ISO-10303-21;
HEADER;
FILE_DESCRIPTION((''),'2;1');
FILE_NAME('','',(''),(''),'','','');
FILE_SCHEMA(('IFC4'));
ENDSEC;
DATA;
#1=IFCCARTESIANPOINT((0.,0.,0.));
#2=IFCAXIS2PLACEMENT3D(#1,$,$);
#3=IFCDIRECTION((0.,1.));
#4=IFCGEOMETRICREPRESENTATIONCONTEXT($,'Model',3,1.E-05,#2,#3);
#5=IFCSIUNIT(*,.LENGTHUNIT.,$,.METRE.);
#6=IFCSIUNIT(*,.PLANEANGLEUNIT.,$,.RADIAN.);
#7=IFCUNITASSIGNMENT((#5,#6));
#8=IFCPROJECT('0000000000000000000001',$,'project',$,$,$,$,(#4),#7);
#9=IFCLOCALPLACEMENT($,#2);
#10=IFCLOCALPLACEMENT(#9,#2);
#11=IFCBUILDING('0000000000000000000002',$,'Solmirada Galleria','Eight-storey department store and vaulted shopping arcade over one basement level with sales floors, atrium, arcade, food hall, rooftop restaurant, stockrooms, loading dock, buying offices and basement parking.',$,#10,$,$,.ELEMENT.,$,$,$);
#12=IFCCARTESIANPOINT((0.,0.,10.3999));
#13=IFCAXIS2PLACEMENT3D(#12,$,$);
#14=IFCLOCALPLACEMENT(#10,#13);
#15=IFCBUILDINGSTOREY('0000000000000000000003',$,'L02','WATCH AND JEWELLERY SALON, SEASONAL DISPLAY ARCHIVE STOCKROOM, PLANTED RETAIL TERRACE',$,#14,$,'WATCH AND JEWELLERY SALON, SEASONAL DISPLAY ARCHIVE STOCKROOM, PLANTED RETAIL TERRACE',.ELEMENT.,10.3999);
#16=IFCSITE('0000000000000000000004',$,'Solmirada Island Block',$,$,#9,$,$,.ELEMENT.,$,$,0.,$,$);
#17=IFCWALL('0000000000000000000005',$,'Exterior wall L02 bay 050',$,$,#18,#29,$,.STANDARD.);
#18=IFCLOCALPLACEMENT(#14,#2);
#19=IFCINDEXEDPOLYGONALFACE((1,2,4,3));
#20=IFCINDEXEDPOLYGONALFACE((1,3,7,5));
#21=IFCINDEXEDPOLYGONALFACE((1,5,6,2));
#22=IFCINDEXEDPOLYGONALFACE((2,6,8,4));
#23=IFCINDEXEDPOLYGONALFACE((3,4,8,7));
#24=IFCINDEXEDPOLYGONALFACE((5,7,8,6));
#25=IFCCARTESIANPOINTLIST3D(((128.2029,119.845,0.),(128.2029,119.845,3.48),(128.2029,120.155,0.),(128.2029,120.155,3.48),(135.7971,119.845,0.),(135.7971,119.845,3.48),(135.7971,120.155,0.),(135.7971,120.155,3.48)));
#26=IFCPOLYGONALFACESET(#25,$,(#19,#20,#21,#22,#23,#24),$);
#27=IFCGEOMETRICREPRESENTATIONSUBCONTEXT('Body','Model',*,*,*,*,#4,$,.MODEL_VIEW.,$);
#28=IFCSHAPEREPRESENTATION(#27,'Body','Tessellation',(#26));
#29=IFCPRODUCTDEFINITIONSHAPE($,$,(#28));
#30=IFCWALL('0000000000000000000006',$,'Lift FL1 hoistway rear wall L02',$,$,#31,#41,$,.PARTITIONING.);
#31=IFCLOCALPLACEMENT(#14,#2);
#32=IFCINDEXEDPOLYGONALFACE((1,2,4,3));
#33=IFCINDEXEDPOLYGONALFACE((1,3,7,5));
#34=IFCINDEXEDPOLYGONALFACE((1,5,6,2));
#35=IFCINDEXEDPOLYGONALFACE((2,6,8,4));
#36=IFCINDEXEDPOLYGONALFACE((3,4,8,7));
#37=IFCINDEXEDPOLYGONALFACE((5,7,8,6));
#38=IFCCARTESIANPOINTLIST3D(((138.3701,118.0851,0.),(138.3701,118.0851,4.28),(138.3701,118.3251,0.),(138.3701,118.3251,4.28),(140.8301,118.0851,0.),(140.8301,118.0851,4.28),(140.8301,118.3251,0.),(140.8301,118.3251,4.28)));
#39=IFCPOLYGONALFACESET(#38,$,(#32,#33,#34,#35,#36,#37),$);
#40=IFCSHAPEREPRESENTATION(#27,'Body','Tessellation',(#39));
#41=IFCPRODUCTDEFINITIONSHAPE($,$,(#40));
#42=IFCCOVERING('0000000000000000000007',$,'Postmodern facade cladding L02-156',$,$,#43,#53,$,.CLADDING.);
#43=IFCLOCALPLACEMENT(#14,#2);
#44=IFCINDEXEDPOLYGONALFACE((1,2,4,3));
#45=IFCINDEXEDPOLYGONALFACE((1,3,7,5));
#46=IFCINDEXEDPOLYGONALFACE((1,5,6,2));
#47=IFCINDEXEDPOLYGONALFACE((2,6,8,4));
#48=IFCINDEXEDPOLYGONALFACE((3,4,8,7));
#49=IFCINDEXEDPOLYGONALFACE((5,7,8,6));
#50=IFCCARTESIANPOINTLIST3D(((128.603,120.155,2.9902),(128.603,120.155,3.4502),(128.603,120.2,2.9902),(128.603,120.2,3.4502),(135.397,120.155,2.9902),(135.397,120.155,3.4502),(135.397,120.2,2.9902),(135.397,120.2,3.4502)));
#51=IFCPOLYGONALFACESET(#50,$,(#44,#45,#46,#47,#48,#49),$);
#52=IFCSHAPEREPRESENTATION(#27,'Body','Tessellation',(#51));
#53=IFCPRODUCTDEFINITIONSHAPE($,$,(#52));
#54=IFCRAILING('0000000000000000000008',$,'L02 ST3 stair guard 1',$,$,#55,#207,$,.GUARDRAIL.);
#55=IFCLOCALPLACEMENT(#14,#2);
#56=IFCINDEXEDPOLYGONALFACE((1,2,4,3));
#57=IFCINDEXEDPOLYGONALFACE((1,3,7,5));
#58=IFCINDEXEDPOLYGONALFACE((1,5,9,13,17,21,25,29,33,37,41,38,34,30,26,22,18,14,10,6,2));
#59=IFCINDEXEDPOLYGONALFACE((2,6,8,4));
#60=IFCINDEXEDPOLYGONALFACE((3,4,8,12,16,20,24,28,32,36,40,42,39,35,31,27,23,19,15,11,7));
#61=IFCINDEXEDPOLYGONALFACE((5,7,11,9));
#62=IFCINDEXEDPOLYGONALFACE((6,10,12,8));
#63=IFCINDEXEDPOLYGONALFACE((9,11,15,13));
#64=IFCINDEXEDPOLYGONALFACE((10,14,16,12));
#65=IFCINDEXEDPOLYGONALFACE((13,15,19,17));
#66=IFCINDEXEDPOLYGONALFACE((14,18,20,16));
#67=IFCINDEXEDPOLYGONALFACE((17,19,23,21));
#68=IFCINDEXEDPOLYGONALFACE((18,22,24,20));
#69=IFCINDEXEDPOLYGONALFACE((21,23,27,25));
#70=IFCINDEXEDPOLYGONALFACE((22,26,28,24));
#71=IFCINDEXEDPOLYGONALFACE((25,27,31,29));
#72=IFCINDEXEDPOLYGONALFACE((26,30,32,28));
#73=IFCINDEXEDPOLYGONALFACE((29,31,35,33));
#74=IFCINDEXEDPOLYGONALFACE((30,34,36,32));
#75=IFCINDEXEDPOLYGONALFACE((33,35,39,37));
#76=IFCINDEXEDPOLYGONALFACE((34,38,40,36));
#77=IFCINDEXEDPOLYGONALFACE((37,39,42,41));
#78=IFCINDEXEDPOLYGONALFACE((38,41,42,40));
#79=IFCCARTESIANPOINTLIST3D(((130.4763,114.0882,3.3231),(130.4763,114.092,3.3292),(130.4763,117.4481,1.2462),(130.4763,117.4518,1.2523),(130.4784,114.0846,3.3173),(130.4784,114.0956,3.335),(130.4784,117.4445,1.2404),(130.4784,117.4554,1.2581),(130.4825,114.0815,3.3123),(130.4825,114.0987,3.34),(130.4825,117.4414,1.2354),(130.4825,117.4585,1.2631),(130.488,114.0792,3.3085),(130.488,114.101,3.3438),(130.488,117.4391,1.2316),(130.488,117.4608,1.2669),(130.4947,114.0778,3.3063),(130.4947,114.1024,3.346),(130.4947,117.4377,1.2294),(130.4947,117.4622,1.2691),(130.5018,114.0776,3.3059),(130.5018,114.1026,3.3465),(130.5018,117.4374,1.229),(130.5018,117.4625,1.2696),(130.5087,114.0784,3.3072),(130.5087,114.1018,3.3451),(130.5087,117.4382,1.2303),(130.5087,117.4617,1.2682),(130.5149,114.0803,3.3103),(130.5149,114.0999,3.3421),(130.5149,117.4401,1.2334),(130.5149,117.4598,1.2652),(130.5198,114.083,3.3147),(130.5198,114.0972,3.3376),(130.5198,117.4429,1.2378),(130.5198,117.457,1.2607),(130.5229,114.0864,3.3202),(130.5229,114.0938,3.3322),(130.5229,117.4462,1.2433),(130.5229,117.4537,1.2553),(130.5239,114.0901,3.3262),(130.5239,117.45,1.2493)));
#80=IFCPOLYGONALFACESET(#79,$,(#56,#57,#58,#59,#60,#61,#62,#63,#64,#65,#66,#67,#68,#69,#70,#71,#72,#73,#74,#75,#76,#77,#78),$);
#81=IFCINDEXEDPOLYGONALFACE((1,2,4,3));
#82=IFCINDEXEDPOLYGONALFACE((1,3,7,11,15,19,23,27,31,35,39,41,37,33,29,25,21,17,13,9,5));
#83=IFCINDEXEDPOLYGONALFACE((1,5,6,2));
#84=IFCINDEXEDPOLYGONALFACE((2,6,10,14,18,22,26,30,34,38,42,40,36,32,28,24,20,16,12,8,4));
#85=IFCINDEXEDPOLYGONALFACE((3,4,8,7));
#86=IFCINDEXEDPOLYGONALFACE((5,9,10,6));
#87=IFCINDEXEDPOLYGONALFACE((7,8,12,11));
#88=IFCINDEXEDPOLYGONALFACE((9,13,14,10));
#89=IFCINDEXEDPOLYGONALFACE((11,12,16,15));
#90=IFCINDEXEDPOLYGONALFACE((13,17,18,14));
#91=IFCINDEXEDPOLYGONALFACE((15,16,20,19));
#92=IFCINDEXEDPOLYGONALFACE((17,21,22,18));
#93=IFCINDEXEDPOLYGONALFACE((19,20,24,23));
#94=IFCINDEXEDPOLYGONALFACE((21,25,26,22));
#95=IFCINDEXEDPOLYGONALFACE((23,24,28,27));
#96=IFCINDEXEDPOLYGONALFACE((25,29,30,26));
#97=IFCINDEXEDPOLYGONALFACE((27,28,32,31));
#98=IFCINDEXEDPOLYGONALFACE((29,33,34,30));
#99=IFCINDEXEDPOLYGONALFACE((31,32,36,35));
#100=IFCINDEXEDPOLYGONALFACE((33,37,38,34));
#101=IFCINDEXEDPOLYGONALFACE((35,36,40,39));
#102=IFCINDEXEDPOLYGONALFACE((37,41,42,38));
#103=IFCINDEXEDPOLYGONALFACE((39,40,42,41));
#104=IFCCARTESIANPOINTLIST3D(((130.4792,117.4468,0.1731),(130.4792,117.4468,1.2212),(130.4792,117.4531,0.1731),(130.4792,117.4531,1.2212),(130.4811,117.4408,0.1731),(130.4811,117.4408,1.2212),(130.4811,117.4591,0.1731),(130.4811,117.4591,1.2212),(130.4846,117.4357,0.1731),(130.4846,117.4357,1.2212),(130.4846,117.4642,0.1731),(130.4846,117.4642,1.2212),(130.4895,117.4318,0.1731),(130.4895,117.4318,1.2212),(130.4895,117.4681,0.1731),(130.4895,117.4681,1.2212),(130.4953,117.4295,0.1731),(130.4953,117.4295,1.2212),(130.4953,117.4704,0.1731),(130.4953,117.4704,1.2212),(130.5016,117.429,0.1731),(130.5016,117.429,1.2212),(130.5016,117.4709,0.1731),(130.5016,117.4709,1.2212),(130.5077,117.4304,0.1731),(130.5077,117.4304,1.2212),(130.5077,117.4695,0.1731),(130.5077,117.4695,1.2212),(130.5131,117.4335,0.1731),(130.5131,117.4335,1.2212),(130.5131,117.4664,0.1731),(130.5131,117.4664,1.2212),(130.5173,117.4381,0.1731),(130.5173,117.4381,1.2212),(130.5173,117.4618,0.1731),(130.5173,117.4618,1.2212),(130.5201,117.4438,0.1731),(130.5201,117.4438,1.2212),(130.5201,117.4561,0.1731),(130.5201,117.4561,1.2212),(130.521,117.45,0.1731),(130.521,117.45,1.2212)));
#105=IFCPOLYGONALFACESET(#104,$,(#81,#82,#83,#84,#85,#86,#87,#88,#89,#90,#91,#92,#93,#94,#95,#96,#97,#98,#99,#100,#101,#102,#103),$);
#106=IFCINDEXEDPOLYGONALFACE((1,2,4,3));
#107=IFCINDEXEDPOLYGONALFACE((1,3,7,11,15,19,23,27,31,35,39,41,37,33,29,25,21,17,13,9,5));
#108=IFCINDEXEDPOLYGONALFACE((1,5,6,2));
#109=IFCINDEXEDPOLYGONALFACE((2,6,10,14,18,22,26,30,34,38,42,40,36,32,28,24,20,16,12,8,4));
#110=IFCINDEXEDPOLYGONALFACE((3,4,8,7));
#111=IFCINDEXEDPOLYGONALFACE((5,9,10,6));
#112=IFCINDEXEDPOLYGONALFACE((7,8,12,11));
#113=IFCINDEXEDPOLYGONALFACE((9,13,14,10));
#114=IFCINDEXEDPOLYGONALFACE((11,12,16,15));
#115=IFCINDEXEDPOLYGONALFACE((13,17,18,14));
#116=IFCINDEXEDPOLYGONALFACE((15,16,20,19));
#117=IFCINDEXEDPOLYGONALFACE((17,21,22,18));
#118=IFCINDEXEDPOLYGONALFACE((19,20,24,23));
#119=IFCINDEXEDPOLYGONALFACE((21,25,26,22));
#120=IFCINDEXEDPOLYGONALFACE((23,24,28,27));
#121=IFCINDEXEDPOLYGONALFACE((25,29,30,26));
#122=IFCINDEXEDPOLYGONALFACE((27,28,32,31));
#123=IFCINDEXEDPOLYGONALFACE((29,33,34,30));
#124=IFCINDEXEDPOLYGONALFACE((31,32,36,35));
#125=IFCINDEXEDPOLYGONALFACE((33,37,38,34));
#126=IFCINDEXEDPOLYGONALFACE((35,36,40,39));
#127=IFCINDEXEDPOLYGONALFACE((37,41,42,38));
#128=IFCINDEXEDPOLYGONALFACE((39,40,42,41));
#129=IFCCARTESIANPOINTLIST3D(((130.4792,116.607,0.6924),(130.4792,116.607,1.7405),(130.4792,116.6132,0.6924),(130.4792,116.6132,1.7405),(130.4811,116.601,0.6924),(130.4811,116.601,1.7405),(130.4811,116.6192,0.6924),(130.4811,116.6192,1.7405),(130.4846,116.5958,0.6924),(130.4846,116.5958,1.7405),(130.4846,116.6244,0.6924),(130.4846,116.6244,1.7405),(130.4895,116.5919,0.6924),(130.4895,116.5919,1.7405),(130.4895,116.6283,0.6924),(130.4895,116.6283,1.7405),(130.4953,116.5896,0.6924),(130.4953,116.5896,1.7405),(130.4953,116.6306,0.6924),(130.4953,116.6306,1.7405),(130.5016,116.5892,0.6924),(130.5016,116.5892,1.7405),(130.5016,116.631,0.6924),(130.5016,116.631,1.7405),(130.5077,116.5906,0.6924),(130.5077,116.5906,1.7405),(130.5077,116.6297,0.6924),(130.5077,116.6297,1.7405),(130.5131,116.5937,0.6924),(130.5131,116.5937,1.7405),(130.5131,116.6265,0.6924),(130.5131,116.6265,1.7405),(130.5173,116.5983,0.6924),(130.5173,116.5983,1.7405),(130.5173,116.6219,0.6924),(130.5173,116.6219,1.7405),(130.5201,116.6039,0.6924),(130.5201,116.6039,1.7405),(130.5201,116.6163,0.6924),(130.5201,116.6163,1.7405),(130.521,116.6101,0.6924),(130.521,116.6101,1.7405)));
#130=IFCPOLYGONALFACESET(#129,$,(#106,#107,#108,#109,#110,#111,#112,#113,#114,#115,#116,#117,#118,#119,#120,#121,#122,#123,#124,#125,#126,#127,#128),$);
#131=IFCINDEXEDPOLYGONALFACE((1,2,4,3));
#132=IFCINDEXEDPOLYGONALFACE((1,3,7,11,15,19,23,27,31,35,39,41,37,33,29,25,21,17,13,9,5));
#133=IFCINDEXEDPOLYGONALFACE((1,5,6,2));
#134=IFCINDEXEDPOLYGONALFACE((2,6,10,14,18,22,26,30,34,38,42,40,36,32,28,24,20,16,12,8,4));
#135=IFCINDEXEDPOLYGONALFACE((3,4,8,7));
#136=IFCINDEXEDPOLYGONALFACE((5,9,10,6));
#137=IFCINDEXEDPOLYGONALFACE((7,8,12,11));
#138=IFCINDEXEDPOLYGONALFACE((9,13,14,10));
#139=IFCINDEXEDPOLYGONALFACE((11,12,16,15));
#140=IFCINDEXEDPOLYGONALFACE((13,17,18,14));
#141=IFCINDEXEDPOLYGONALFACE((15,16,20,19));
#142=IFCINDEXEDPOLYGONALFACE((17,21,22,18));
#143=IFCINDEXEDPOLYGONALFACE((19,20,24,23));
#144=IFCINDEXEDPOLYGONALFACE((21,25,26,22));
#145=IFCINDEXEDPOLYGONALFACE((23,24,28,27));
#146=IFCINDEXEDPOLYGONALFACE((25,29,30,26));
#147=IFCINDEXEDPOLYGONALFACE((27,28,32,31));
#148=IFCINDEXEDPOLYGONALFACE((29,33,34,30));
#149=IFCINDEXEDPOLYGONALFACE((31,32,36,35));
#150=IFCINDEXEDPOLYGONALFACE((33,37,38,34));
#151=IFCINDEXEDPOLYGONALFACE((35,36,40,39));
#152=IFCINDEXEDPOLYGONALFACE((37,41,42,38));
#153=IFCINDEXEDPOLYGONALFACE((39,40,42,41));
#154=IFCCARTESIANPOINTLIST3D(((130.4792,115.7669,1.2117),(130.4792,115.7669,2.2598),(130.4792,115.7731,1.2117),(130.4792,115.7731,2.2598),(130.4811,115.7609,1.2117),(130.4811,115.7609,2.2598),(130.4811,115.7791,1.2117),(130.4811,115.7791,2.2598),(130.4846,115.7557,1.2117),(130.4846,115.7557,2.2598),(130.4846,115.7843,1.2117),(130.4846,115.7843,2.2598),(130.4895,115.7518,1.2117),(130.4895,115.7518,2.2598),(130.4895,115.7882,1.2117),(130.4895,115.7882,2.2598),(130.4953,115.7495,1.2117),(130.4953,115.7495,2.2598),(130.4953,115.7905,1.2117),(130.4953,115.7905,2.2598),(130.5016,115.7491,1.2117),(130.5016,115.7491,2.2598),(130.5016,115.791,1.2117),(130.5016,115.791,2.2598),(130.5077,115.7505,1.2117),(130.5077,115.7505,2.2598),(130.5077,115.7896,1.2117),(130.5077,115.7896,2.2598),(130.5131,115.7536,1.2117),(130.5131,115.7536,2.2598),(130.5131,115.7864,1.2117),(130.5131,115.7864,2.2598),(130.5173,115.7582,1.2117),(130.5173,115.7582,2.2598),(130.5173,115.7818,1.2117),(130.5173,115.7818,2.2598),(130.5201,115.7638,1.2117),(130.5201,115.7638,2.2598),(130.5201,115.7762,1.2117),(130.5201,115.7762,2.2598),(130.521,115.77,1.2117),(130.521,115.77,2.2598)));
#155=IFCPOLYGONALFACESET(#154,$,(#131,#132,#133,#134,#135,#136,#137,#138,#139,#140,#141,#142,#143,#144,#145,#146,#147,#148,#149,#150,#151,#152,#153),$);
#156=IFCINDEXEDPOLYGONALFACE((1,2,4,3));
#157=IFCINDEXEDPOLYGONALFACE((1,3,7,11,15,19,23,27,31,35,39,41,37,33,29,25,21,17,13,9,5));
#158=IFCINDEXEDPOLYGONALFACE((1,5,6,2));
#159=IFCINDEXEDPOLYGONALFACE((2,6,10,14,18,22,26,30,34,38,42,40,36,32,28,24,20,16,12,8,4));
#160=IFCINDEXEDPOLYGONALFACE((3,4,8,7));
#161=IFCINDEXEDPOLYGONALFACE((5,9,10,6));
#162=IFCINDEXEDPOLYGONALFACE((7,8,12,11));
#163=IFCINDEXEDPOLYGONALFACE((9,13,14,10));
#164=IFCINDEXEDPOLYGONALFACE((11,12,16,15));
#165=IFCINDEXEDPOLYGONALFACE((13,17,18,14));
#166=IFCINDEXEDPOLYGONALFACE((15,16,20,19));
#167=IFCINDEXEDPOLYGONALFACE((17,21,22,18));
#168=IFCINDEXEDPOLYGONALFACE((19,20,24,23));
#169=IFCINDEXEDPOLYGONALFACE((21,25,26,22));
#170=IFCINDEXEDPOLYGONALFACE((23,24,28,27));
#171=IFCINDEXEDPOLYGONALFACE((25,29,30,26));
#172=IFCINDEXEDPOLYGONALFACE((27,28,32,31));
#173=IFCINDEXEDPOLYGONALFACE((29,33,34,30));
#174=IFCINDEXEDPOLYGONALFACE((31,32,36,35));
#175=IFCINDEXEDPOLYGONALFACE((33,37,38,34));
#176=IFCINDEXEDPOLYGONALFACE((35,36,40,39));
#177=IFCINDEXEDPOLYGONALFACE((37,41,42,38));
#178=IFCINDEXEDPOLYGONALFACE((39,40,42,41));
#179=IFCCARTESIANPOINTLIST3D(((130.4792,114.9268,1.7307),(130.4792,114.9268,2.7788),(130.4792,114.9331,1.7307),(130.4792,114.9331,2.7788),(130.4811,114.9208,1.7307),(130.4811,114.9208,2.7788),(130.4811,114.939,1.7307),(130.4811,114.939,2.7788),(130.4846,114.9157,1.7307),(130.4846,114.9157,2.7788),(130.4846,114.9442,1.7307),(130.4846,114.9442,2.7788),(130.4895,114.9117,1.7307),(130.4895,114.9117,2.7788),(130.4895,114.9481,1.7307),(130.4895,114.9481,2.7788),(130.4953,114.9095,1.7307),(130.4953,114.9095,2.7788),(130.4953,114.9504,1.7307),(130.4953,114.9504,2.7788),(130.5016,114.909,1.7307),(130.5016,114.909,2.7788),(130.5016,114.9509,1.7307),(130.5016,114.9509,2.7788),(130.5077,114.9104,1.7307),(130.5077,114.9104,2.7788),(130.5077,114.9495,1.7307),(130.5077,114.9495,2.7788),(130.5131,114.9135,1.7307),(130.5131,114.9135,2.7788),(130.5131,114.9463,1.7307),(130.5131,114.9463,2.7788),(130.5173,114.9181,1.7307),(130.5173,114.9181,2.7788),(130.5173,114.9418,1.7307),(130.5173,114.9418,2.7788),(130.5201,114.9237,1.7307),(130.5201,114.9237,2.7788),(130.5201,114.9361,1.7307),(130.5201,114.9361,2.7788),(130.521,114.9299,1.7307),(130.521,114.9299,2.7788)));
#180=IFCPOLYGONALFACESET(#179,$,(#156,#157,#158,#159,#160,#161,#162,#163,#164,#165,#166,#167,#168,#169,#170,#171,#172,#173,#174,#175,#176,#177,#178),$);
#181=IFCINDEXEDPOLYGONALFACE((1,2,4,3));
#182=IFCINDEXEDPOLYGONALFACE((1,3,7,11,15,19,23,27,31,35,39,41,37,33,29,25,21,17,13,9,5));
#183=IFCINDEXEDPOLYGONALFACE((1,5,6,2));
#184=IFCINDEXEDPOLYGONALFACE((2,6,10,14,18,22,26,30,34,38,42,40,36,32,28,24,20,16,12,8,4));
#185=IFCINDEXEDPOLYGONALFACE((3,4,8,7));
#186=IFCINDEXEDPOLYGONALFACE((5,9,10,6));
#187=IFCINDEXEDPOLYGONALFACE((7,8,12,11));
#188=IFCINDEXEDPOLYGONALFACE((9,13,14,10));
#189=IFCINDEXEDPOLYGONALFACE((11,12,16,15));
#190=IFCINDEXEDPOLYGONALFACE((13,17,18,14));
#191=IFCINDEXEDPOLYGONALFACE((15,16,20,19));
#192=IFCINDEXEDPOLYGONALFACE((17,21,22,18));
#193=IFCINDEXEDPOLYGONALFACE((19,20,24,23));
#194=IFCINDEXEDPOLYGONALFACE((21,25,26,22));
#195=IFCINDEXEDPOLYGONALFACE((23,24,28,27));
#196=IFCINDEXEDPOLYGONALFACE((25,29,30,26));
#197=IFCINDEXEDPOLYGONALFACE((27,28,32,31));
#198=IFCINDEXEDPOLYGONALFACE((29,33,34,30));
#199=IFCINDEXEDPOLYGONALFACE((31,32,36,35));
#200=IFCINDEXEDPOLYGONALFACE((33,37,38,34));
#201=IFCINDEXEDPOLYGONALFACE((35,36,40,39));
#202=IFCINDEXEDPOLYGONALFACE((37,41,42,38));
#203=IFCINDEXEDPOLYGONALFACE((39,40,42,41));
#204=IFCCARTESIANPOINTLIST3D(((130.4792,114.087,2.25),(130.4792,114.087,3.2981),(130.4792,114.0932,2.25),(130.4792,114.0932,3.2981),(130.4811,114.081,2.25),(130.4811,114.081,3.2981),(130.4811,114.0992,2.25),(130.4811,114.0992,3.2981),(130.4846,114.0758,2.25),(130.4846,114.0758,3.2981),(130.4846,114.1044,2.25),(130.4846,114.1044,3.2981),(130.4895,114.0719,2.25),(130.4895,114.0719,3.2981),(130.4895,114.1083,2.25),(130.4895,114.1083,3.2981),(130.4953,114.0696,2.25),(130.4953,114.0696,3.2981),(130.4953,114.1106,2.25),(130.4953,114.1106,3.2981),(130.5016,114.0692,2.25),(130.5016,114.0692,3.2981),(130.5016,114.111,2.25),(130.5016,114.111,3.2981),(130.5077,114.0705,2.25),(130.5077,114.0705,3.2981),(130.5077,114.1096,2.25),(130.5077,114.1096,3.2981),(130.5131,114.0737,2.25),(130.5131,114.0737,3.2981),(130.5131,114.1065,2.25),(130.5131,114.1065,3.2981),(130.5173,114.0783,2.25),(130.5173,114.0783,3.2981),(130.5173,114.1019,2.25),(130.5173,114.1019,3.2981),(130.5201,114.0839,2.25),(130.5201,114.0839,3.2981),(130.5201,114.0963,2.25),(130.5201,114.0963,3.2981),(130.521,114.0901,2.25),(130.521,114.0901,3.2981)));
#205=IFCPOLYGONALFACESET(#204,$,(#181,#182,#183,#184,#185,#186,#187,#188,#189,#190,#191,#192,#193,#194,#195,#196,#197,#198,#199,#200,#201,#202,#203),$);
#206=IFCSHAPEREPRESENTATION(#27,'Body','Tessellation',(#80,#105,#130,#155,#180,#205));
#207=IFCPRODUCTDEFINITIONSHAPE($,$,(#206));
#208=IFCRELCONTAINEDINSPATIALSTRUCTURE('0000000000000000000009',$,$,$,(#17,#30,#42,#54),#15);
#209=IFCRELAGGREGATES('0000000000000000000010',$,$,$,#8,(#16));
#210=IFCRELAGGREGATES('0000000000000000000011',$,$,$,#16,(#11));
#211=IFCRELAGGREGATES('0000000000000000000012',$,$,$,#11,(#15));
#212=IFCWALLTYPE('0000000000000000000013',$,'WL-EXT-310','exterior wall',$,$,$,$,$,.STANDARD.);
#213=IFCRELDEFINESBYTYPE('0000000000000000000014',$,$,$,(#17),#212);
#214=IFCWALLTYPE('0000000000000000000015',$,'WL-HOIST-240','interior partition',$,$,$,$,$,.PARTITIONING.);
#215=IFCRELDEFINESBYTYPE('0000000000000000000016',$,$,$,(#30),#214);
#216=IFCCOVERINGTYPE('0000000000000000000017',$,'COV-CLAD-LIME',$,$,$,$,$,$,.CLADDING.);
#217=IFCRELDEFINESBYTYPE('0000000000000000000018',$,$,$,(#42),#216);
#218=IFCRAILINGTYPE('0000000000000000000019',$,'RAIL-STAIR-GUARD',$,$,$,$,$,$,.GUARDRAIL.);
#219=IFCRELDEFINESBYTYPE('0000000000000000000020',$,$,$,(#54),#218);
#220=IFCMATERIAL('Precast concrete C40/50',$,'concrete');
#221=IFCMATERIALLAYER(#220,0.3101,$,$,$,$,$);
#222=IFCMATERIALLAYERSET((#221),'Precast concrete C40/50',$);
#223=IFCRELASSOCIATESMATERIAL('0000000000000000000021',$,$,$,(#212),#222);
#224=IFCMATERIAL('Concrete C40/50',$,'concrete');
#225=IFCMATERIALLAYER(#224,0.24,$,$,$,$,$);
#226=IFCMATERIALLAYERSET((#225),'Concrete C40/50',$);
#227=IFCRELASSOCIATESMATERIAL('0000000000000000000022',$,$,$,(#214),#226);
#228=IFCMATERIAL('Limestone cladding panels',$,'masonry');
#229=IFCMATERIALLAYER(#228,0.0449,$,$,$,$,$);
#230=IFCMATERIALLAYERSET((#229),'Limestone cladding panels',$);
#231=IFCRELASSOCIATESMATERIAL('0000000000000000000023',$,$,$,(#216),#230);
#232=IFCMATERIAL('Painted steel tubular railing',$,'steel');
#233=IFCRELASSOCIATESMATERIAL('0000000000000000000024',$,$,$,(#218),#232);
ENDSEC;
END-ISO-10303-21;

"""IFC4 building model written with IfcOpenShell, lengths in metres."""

from ifc_helpers import new_model, si_unit, direction, frame, frame_2d, origin, origin_2d, place, context, subcontext, project, spatial, rectangle, circle, extrude, material, layer, layer_set, type_object, element, save


model = new_model("IFC4")

# Units and contexts
model_context = context("Model", 3, precision=1e-05, world=origin(), true_north=direction((0.0, 1.0)))
body_context = subcontext(model_context, "Body", "Model", "MODEL_VIEW")
ifc_project = project(units=[si_unit("LENGTHUNIT", "METRE"), si_unit("PLANEANGLEUNIT", "RADIAN")], contexts=[model_context])

# Site, building, storey
site_placement = place(None, origin())
site = spatial("IfcSite", under=ifc_project, at=site_placement, Name="Solmirada Island Block", CompositionType="ELEMENT", RefElevation=0.0)
building_placement = place(site_placement, origin())
building = spatial("IfcBuilding", under=site, at=building_placement, Name="Solmirada Galleria", Description="Eight-storey department store and vaulted shopping arcade over one basement level with sales floors, atrium, arcade, food hall, rooftop restaurant, stockrooms, loading dock, buying offices and basement parking.", CompositionType="ELEMENT")
storey_placement = place(building_placement, frame((0.0, 0.0, 10.3999)))
storey = spatial("IfcBuildingStorey", under=building, at=storey_placement, Name="L02", Description="WATCH AND JEWELLERY SALON, SEASONAL DISPLAY ARCHIVE STOCKROOM, PLANTED RETAIL TERRACE", LongName="WATCH AND JEWELLERY SALON, SEASONAL DISPLAY ARCHIVE STOCKROOM, PLANTED RETAIL TERRACE", CompositionType="ELEMENT", Elevation=10.3999)

# Walls
ifc_material_1 = material(Name="Precast concrete C40/50", Category="concrete")
ifc_layer_1 = layer(ifc_material_1, 0.3101)
ifc_layer_set_1 = layer_set([ifc_layer_1], Name="Precast concrete C40/50")
wall_type_1 = type_object("IfcWallType", Name="WL-EXT-310", Description="exterior wall", PredefinedType="STANDARD", material=ifc_layer_set_1)
wall_1_placement = place(storey_placement, frame((128.2029, 120.0, 0.0), z_axis=(0.0, 0.0, 1.0), x_axis=(1.0, 0.0, 0.0)))
element("IfcWall", 1, at=wall_1_placement, inside=storey, type_object=wall_type_1, Name="Exterior wall L02 bay 050", PredefinedType="STANDARD", context=body_context, shape_type="SweptSolid", body=[
    extrude(rectangle(XDim=7.5942, YDim=0.3101, at=frame_2d((3.7971, 0.0))), origin(), (0.0, 0.0, 1.0), 3.48),
])
ifc_material_2 = material(Name="Concrete C40/50", Category="concrete")
ifc_layer_2 = layer(ifc_material_2, 0.24)
ifc_layer_set_2 = layer_set([ifc_layer_2], Name="Concrete C40/50")
wall_type_2 = type_object("IfcWallType", Name="WL-HOIST-240", Description="interior partition", PredefinedType="PARTITIONING", material=ifc_layer_set_2)
wall_2_placement = place(storey_placement, frame((138.3701, 118.2051, 0.0), z_axis=(0.0, 0.0, 1.0), x_axis=(1.0, 0.0, 0.0)))
element("IfcWall", 2, at=wall_2_placement, inside=storey, type_object=wall_type_2, Name="Lift FL1 hoistway rear wall L02", PredefinedType="PARTITIONING", context=body_context, shape_type="SweptSolid", body=[
    extrude(rectangle(XDim=2.46, YDim=0.24, at=frame_2d((1.23, 0.0))), origin(), (0.0, 0.0, 1.0), 4.28),
])

# Covering
ifc_material_3 = material(Name="Limestone cladding panels", Category="masonry")
ifc_layer_3 = layer(ifc_material_3, 0.0449)
ifc_layer_set_3 = layer_set([ifc_layer_3], Name="Limestone cladding panels")
covering_type = type_object("IfcCoveringType", Name="COV-CLAD-LIME", PredefinedType="CLADDING", material=ifc_layer_set_3)
covering_placement = place(storey_placement, frame((132.0, 120.1775, 2.9902), z_axis=(0.0, 0.0, 1.0), x_axis=(1.0, 0.0, 0.0)))
element("IfcCovering", 3, at=covering_placement, inside=storey, type_object=covering_type, Name="Postmodern facade cladding L02-156", PredefinedType="CLADDING", context=body_context, shape_type="SweptSolid", body=[
    extrude(rectangle(XDim=6.7939, YDim=0.0449, at=origin_2d()), origin(), (0.0, 0.0, 1.0), 0.46),
])

# Railing
ifc_material_4 = material(Name="Painted steel tubular railing", Category="steel")
railing_type = type_object("IfcRailingType", Name="RAIL-STAIR-GUARD", PredefinedType="GUARDRAIL", material=ifc_material_4)
railing_1_placement = place(storey_placement, frame((130.5, 117.45, 0.1731)))
element("IfcRailing", 4, at=railing_1_placement, inside=storey, type_object=railing_type, Name="L02 ST3 stair guard 1", PredefinedType="GUARDRAIL", context=body_context, shape_type="SweptSolid", body=[
    extrude(circle(Radius=0.0239, at=origin_2d()), frame((0.0, 0.0, 1.0762), z_axis=(0.0, -0.850606, 0.525803), x_axis=(1.0, 0.0, 0.0)), (0.0, 0.0, 1.0), 3.95),
    extrude(circle(Radius=0.021, at=origin_2d()), origin(), (0.0, 0.0, 1.0), 1.0481),
    extrude(circle(Radius=0.021, at=origin_2d()), frame((0.0, -0.8398, 0.5193)), (0.0, 0.0, 1.0), 1.0481),
    extrude(circle(Radius=0.021, at=origin_2d()), frame((0.0, -1.6799, 1.0386)), (0.0, 0.0, 1.0), 1.0481),
    extrude(circle(Radius=0.021, at=origin_2d()), frame((0.0, -2.52, 1.5576)), (0.0, 0.0, 1.0), 1.0481),
    extrude(circle(Radius=0.021, at=origin_2d()), frame((0.0, -3.3599, 2.0769)), (0.0, 0.0, 1.0), 1.0481),
])

save(model, "model.ifc")
